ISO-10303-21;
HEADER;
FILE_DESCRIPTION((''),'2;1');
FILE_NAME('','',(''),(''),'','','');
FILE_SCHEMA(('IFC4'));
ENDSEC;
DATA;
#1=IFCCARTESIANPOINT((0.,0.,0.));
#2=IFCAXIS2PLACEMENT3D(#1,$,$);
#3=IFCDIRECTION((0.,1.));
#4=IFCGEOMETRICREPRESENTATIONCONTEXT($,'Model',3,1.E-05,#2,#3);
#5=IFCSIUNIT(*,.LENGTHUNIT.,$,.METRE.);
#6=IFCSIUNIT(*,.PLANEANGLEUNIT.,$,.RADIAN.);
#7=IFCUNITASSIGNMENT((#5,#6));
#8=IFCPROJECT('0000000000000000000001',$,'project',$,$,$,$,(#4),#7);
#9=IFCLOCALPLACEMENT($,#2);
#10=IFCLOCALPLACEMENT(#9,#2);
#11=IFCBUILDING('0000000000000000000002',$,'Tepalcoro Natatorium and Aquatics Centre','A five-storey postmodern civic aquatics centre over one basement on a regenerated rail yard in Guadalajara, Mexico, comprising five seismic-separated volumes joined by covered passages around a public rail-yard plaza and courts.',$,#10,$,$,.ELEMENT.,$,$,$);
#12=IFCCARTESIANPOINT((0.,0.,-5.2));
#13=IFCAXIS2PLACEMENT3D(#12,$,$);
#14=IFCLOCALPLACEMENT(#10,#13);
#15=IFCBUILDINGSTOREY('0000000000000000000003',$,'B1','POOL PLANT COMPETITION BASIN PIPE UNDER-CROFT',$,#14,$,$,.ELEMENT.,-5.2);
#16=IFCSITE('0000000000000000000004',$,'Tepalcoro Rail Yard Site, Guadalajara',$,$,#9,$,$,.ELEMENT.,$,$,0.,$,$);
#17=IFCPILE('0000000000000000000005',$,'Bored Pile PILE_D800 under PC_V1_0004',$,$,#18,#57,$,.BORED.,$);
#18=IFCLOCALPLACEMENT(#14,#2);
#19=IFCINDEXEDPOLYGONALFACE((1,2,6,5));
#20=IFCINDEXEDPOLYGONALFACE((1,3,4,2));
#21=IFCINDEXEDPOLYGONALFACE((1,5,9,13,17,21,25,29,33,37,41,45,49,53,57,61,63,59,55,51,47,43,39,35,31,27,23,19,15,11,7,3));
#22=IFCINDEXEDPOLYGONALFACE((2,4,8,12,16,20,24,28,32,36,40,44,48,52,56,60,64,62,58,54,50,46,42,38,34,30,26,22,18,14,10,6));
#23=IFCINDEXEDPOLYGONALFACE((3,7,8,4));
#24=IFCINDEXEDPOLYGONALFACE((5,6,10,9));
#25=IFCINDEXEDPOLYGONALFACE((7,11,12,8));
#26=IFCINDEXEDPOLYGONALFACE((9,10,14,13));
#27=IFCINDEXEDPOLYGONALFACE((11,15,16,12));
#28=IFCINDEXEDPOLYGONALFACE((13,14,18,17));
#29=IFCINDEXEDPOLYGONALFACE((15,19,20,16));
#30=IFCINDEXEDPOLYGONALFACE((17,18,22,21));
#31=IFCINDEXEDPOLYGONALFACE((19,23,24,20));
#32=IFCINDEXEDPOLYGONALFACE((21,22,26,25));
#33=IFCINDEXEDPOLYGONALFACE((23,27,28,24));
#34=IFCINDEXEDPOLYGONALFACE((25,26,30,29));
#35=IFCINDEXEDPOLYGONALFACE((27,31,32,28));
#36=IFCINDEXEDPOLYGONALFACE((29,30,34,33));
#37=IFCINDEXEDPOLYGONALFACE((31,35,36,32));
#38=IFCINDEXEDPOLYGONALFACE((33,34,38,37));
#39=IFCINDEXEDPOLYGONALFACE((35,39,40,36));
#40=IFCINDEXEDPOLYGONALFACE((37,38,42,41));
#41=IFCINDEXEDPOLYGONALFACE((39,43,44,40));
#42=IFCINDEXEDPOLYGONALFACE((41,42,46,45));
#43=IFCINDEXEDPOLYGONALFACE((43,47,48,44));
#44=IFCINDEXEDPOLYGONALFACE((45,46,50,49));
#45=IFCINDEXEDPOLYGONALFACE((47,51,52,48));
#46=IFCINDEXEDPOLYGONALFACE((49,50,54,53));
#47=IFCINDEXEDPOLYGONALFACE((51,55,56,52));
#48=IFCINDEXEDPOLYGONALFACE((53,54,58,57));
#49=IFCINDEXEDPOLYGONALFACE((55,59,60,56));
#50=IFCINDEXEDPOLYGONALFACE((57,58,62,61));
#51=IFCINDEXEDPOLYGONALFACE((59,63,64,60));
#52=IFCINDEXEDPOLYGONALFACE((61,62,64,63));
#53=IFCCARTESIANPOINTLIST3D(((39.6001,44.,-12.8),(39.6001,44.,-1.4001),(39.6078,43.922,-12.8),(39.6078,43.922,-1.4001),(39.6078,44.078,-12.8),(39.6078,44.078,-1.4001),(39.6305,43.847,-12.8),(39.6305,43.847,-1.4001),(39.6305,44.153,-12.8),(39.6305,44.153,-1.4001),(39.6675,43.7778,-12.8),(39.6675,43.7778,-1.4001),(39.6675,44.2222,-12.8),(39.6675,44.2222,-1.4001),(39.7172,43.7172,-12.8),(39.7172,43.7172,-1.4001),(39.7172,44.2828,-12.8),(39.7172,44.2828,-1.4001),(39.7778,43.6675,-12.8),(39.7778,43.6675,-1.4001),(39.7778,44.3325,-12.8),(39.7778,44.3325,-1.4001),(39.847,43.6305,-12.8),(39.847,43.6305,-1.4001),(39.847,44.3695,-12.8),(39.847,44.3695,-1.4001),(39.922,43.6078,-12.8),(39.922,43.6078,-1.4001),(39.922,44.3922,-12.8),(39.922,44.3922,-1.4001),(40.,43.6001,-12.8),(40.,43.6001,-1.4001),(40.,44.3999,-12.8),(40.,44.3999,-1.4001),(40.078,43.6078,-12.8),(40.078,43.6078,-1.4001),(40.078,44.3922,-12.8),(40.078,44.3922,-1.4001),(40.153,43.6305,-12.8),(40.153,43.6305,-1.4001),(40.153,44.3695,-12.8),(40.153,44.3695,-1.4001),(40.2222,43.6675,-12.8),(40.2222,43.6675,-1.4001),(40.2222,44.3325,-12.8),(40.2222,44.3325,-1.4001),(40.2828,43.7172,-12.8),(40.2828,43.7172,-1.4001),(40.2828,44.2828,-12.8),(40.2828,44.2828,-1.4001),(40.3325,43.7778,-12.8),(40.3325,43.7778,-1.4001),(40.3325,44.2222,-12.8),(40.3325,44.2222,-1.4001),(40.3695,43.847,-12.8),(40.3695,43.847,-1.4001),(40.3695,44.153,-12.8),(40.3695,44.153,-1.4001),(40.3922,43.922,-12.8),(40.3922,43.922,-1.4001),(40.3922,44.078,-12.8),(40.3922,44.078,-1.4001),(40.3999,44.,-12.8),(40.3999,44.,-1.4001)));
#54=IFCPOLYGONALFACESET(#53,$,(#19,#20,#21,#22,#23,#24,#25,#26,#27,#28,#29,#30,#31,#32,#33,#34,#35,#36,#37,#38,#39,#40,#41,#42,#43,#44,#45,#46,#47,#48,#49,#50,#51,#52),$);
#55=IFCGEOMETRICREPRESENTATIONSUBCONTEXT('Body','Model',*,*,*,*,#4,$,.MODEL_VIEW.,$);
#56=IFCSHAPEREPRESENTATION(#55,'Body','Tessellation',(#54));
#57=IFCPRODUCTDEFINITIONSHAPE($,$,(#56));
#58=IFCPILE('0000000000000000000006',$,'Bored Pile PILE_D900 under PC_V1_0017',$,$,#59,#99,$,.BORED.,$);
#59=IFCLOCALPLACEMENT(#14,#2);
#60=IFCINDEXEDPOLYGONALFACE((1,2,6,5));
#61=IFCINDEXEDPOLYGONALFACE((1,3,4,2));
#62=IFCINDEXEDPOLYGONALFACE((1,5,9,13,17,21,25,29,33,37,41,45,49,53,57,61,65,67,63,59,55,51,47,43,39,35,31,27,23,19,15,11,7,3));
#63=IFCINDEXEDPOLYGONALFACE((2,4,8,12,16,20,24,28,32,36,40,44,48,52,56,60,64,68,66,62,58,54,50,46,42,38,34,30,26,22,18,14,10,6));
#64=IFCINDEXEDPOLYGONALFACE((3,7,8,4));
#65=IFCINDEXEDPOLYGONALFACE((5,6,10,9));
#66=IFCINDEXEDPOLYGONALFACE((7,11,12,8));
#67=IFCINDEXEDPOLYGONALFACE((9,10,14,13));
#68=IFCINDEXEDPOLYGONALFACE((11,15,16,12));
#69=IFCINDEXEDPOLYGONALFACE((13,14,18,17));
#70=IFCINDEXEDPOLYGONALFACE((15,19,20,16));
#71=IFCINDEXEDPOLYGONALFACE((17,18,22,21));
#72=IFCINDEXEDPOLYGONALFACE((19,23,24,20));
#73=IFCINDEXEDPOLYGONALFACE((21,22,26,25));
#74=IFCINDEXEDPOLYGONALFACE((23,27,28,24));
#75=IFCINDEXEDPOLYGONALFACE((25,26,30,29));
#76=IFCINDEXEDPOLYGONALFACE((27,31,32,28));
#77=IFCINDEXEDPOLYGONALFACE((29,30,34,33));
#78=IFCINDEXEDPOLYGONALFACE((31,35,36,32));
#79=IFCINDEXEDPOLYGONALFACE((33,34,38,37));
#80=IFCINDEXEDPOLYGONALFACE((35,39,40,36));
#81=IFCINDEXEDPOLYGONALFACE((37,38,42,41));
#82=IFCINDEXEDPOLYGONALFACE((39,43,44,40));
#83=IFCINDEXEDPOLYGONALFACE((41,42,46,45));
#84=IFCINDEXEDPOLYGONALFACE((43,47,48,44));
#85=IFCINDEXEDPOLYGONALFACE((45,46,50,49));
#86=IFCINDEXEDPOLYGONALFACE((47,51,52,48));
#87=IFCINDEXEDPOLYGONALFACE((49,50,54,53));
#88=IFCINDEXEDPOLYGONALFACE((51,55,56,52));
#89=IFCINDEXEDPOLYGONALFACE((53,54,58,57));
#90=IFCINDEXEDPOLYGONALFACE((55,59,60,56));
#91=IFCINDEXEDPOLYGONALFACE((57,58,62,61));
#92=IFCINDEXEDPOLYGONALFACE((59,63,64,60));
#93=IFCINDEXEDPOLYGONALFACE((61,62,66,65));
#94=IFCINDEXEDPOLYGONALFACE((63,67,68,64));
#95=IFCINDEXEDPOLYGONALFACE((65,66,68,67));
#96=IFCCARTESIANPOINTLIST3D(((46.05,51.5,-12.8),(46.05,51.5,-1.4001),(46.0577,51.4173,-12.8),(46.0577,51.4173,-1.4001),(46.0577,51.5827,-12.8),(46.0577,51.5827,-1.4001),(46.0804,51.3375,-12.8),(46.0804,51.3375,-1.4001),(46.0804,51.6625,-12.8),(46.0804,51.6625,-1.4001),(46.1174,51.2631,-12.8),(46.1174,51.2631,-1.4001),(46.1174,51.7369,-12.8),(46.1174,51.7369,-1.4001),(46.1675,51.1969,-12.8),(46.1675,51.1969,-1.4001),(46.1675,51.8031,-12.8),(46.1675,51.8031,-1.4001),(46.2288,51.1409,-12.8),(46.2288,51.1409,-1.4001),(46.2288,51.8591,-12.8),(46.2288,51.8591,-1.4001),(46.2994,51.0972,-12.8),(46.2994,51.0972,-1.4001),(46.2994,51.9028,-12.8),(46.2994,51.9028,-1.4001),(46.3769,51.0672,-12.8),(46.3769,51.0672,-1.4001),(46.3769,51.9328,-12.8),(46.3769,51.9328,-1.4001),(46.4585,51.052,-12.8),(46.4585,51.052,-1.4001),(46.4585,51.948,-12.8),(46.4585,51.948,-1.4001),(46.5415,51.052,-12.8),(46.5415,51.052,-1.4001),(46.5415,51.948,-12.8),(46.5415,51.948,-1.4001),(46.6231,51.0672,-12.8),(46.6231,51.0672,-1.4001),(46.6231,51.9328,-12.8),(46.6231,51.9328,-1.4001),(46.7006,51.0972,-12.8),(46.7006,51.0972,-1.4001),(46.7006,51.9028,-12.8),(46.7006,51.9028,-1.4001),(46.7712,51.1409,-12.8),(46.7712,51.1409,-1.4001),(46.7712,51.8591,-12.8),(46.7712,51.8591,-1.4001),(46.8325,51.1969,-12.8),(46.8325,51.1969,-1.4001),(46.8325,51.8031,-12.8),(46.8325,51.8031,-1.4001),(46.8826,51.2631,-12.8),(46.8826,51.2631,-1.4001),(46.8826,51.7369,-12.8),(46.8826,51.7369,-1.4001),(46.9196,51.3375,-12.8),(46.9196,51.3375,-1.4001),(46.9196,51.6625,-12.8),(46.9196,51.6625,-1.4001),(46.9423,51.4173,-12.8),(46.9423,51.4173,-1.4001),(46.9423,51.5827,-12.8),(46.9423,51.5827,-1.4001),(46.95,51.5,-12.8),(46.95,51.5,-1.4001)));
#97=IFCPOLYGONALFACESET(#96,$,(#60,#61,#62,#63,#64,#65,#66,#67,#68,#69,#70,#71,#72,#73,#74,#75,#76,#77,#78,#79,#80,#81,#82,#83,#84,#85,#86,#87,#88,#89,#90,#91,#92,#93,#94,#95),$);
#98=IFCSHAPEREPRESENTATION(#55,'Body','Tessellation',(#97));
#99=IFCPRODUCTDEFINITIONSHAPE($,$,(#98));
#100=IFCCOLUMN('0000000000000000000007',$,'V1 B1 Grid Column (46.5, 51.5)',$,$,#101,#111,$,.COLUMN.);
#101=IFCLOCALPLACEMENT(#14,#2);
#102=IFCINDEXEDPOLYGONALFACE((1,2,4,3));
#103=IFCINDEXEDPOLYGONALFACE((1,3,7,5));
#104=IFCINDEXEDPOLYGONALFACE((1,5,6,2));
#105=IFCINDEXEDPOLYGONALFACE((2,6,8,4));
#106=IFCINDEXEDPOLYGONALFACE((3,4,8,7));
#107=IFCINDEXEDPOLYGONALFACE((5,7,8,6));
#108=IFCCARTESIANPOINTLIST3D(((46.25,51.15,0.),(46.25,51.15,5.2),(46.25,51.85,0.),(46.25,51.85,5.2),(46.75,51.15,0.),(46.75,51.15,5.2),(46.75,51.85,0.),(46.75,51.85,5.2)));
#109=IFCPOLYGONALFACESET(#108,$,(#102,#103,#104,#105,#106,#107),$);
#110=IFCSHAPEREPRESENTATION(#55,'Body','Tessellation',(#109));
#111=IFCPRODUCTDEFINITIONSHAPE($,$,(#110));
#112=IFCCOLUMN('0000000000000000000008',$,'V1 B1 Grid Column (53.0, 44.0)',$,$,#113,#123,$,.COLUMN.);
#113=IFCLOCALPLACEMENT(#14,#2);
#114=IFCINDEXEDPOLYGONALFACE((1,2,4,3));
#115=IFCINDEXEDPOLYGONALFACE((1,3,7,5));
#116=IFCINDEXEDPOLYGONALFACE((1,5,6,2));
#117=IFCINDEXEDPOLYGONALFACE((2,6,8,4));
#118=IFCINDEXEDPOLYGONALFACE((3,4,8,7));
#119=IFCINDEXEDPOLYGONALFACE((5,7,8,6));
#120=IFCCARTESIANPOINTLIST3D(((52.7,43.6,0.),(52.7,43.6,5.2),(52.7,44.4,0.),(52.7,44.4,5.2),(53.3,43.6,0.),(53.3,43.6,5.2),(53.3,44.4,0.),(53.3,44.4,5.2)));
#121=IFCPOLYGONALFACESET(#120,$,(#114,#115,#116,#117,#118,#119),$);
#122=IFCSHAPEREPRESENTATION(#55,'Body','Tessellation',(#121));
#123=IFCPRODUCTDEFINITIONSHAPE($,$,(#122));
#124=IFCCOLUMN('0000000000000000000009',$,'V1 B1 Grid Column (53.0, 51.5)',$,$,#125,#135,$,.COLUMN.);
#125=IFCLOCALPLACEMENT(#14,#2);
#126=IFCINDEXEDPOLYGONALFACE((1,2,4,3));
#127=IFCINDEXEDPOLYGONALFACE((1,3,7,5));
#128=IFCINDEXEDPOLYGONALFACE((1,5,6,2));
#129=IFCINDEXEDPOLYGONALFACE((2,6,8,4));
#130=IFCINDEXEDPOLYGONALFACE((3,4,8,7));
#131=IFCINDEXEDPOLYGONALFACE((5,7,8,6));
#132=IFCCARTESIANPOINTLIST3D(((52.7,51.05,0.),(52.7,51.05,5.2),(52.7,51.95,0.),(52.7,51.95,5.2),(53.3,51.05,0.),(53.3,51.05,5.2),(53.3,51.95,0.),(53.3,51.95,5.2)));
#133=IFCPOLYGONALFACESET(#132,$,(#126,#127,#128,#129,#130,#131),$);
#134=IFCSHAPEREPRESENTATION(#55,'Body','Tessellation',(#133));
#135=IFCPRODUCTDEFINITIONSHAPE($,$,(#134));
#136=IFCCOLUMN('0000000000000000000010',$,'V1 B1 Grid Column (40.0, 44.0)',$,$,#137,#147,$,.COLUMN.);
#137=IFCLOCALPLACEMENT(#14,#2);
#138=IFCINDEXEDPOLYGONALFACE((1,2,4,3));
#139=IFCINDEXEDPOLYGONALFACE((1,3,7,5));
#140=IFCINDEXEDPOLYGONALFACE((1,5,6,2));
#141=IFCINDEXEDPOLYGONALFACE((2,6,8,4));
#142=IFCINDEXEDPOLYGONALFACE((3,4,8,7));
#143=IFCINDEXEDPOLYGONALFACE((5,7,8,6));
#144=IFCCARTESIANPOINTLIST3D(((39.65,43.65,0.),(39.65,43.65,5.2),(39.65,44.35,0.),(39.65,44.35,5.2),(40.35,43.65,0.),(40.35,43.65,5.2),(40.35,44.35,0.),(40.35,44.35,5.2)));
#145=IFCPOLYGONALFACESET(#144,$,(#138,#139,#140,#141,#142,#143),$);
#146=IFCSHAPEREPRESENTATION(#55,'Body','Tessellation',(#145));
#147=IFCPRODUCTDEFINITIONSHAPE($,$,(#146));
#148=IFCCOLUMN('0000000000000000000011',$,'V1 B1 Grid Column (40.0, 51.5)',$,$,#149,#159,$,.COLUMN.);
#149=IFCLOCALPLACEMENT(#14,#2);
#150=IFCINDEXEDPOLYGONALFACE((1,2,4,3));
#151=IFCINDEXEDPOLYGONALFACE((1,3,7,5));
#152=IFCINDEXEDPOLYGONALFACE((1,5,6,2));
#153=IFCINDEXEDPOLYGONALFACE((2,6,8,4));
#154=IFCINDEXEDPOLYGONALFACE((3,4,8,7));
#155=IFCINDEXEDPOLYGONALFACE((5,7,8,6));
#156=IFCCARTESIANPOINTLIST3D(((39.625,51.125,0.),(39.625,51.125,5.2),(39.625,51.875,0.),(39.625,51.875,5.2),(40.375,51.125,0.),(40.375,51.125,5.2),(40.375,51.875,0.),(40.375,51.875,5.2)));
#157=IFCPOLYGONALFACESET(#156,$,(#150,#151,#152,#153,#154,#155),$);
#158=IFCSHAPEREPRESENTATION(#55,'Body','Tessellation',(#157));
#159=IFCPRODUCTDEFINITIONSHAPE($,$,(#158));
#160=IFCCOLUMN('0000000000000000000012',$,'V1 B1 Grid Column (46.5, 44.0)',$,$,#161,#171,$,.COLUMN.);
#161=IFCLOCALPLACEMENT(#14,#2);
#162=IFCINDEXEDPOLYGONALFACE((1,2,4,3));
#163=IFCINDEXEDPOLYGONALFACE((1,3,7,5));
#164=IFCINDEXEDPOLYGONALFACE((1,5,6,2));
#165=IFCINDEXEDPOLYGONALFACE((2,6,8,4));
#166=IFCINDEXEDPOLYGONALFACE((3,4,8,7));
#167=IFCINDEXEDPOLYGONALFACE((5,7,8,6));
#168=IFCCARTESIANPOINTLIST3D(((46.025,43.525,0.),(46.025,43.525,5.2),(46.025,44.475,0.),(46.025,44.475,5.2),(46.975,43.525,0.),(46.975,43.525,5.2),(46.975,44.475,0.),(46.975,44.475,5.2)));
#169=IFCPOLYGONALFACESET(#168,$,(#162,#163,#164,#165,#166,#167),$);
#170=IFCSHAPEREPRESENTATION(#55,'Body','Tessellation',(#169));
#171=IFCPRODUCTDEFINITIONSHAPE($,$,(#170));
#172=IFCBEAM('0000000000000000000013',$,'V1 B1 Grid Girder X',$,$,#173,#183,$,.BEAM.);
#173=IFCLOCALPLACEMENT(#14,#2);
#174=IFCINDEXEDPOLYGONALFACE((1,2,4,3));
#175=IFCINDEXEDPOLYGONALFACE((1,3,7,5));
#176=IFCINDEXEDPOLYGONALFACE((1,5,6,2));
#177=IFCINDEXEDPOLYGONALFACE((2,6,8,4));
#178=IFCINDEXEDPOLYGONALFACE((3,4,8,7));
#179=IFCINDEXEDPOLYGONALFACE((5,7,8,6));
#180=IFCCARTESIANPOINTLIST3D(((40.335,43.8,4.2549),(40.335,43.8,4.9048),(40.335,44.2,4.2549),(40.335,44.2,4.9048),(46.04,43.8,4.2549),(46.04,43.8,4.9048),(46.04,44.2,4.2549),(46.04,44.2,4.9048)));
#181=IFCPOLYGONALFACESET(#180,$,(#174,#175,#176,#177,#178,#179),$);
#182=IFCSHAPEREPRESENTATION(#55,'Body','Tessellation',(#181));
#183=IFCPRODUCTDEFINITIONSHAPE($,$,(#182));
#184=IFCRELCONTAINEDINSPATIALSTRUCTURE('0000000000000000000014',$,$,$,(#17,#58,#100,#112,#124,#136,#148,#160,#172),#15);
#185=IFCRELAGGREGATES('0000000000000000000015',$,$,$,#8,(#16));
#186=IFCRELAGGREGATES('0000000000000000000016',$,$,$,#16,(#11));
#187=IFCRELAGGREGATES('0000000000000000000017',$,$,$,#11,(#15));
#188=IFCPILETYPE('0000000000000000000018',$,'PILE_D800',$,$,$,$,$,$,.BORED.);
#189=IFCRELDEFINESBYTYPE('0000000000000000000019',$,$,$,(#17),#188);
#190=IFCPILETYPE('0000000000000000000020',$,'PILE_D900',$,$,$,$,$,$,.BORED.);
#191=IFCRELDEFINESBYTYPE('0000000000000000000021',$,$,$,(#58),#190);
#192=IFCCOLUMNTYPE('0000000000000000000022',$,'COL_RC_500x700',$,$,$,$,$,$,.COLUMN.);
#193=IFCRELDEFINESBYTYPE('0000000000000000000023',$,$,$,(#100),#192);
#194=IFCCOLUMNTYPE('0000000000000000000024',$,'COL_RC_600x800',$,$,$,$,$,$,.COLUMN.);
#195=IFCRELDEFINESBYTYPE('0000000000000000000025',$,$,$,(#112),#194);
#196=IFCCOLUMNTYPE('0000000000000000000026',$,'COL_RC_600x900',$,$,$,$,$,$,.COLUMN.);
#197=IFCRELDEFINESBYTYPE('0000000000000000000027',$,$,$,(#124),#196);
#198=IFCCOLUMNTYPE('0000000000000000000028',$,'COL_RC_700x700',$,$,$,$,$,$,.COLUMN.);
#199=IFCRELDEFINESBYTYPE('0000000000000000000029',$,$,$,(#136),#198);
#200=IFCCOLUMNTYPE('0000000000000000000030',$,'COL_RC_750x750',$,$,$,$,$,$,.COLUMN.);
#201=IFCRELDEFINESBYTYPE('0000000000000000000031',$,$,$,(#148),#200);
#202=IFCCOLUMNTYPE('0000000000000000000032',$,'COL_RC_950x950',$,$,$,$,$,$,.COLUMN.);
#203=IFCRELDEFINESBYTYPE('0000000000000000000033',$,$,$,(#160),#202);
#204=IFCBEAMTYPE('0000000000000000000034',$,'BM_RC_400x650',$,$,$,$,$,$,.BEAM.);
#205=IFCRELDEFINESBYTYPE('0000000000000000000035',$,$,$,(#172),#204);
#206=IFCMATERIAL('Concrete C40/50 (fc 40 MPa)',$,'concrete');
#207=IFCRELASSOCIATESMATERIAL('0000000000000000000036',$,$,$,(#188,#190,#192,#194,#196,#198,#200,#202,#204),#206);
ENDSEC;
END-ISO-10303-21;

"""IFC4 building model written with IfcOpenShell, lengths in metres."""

from ifc_helpers import new_model, si_unit, direction, frame, origin, origin_2d, place, context, subcontext, project, spatial, rectangle, circle, extrude, material, material_profile, profile_set, type_object, element, save


model = new_model("IFC4")

# Units and contexts
model_context = context("Model", 3, precision=1e-05, world=origin(), true_north=direction((0.0, 1.0)))
body_context = subcontext(model_context, "Body", "Model", "MODEL_VIEW")
ifc_project = project(units=[si_unit("LENGTHUNIT", "METRE"), si_unit("PLANEANGLEUNIT", "RADIAN")], contexts=[model_context])

# Site, building, storey
site_placement = place(None, origin())
site = spatial("IfcSite", under=ifc_project, at=site_placement, Name="Tepalcoro Rail Yard Site, Guadalajara", CompositionType="ELEMENT", RefElevation=0.0)
building_placement = place(site_placement, origin())
building = spatial("IfcBuilding", under=site, at=building_placement, Name="Tepalcoro Natatorium and Aquatics Centre", Description="A five-storey postmodern civic aquatics centre over one basement on a regenerated rail yard in Guadalajara, Mexico, comprising five seismic-separated volumes joined by covered passages around a public rail-yard plaza and courts.", CompositionType="ELEMENT")
storey_placement = place(building_placement, frame((0.0, 0.0, -5.2)))
storey = spatial("IfcBuildingStorey", under=building, at=storey_placement, Name="B1", Description="POOL PLANT COMPETITION BASIN PIPE UNDER-CROFT", CompositionType="ELEMENT", Elevation=-5.2)

# Piles
ifc_material = material(Name="Concrete C40/50 (fc 40 MPa)", Category="concrete")
ifc_material_profile_1 = material_profile(ifc_material, circle(Radius=0.3999, at=origin_2d()), Name="PILE_D800")
ifc_profile_set_1 = profile_set([ifc_material_profile_1], Name="Concrete C40/50 (fc 40 MPa)")
pile_type_1 = type_object("IfcPileType", Name="PILE_D800", PredefinedType="BORED", material=ifc_profile_set_1)
pile_1_placement = place(storey_placement, frame((40.0, 44.0, -1.4001), z_axis=(0.0, 0.0, -1.0), x_axis=(1.0, 0.0, 0.0)))
element("IfcPile", 1, at=pile_1_placement, inside=storey, type_object=pile_type_1, Name="Bored Pile PILE_D800 under PC_V1_0004", PredefinedType="BORED", context=body_context, shape_type="SweptSolid", body=[
    extrude(circle(Radius=0.3999, at=origin_2d()), origin(), (0.0, 0.0, 1.0), 11.3999),
])
ifc_material_profile_2 = material_profile(ifc_material, circle(Radius=0.45, at=origin_2d()), Name="PILE_D900")
ifc_profile_set_2 = profile_set([ifc_material_profile_2], Name="Concrete C40/50 (fc 40 MPa)")
pile_type_2 = type_object("IfcPileType", Name="PILE_D900", PredefinedType="BORED", material=ifc_profile_set_2)
pile_2_placement = place(storey_placement, frame((46.5, 51.5, -1.4001), z_axis=(0.0, 0.0, -1.0), x_axis=(1.0, 0.0, 0.0)))
element("IfcPile", 2, at=pile_2_placement, inside=storey, type_object=pile_type_2, Name="Bored Pile PILE_D900 under PC_V1_0017", PredefinedType="BORED", context=body_context, shape_type="SweptSolid", body=[
    extrude(circle(Radius=0.45, at=origin_2d()), origin(), (0.0, 0.0, 1.0), 11.3999),
])

# Columns
ifc_material_profile_3 = material_profile(ifc_material, rectangle(XDim=0.5, YDim=0.7, at=origin_2d()), Name="RC500x700")
ifc_profile_set_3 = profile_set([ifc_material_profile_3], Name="Concrete C40/50 (fc 40 MPa)")
column_type_1 = type_object("IfcColumnType", Name="COL_RC_500x700", PredefinedType="COLUMN", material=ifc_profile_set_3)
column_1_placement = place(storey_placement, frame((46.5, 51.5, 0.0), z_axis=(0.0, 0.0, 1.0), x_axis=(1.0, 0.0, 0.0)))
element("IfcColumn", 3, at=column_1_placement, inside=storey, type_object=column_type_1, Name="V1 B1 Grid Column (46.5, 51.5)", PredefinedType="COLUMN", context=body_context, shape_type="SweptSolid", body=[
    extrude(rectangle(XDim=0.5, YDim=0.7, at=origin_2d()), origin(), (0.0, 0.0, 1.0), 5.2),
])
ifc_material_profile_4 = material_profile(ifc_material, rectangle(XDim=0.6001, YDim=0.8, at=origin_2d()), Name="RC600x800")
ifc_profile_set_4 = profile_set([ifc_material_profile_4], Name="Concrete C40/50 (fc 40 MPa)")
column_type_2 = type_object("IfcColumnType", Name="COL_RC_600x800", PredefinedType="COLUMN", material=ifc_profile_set_4)
column_2_placement = place(storey_placement, frame((53.0, 44.0, 0.0), z_axis=(0.0, 0.0, 1.0), x_axis=(1.0, 0.0, 0.0)))
element("IfcColumn", 4, at=column_2_placement, inside=storey, type_object=column_type_2, Name="V1 B1 Grid Column (53.0, 44.0)", PredefinedType="COLUMN", context=body_context, shape_type="SweptSolid", body=[
    extrude(rectangle(XDim=0.6001, YDim=0.8, at=origin_2d()), origin(), (0.0, 0.0, 1.0), 5.2),
])
ifc_material_profile_5 = material_profile(ifc_material, rectangle(XDim=0.6001, YDim=0.8999, at=origin_2d()), Name="RC600x900")
ifc_profile_set_5 = profile_set([ifc_material_profile_5], Name="Concrete C40/50 (fc 40 MPa)")
column_type_3 = type_object("IfcColumnType", Name="COL_RC_600x900", PredefinedType="COLUMN", material=ifc_profile_set_5)
column_3_placement = place(storey_placement, frame((53.0, 51.5, 0.0), z_axis=(0.0, 0.0, 1.0), x_axis=(1.0, 0.0, 0.0)))
element("IfcColumn", 5, at=column_3_placement, inside=storey, type_object=column_type_3, Name="V1 B1 Grid Column (53.0, 51.5)", PredefinedType="COLUMN", context=body_context, shape_type="SweptSolid", body=[
    extrude(rectangle(XDim=0.6001, YDim=0.8999, at=origin_2d()), origin(), (0.0, 0.0, 1.0), 5.2),
])
ifc_material_profile_6 = material_profile(ifc_material, rectangle(XDim=0.7, YDim=0.7, at=origin_2d()), Name="RC700x700")
ifc_profile_set_6 = profile_set([ifc_material_profile_6], Name="Concrete C40/50 (fc 40 MPa)")
column_type_4 = type_object("IfcColumnType", Name="COL_RC_700x700", PredefinedType="COLUMN", material=ifc_profile_set_6)
column_4_placement = place(storey_placement, frame((40.0, 44.0, 0.0), z_axis=(0.0, 0.0, 1.0), x_axis=(1.0, 0.0, 0.0)))
element("IfcColumn", 6, at=column_4_placement, inside=storey, type_object=column_type_4, Name="V1 B1 Grid Column (40.0, 44.0)", PredefinedType="COLUMN", context=body_context, shape_type="SweptSolid", body=[
    extrude(rectangle(XDim=0.7, YDim=0.7, at=origin_2d()), origin(), (0.0, 0.0, 1.0), 5.2),
])
ifc_material_profile_7 = material_profile(ifc_material, rectangle(XDim=0.75, YDim=0.75, at=origin_2d()), Name="RC750x750")
ifc_profile_set_7 = profile_set([ifc_material_profile_7], Name="Concrete C40/50 (fc 40 MPa)")
column_type_5 = type_object("IfcColumnType", Name="COL_RC_750x750", PredefinedType="COLUMN", material=ifc_profile_set_7)
column_5_placement = place(storey_placement, frame((40.0, 51.5, 0.0), z_axis=(0.0, 0.0, 1.0), x_axis=(1.0, 0.0, 0.0)))
element("IfcColumn", 7, at=column_5_placement, inside=storey, type_object=column_type_5, Name="V1 B1 Grid Column (40.0, 51.5)", PredefinedType="COLUMN", context=body_context, shape_type="SweptSolid", body=[
    extrude(rectangle(XDim=0.75, YDim=0.75, at=origin_2d()), origin(), (0.0, 0.0, 1.0), 5.2),
])
ifc_material_profile_8 = material_profile(ifc_material, rectangle(XDim=0.95, YDim=0.95, at=origin_2d()), Name="RC950x950")
ifc_profile_set_8 = profile_set([ifc_material_profile_8], Name="Concrete C40/50 (fc 40 MPa)")
column_type_6 = type_object("IfcColumnType", Name="COL_RC_950x950", PredefinedType="COLUMN", material=ifc_profile_set_8)
column_6_placement = place(storey_placement, frame((46.5, 44.0, 0.0), z_axis=(0.0, 0.0, 1.0), x_axis=(1.0, 0.0, 0.0)))
element("IfcColumn", 8, at=column_6_placement, inside=storey, type_object=column_type_6, Name="V1 B1 Grid Column (46.5, 44.0)", PredefinedType="COLUMN", context=body_context, shape_type="SweptSolid", body=[
    extrude(rectangle(XDim=0.95, YDim=0.95, at=origin_2d()), origin(), (0.0, 0.0, 1.0), 5.2),
])

# Beam
ifc_material_profile_9 = material_profile(ifc_material, rectangle(XDim=0.3999, YDim=0.6499, at=origin_2d()), Name="RCB400x650")
ifc_profile_set_9 = profile_set([ifc_material_profile_9], Name="Concrete C40/50 (fc 40 MPa)")
beam_type_1 = type_object("IfcBeamType", Name="BM_RC_400x650", PredefinedType="BEAM", material=ifc_profile_set_9)
beam_1_placement = place(storey_placement, frame((40.335, 44.0, 4.5798), z_axis=(1.0, 0.0, 0.0), x_axis=(0.0, 1.0, 0.0)))
element("IfcBeam", 9, at=beam_1_placement, inside=storey, type_object=beam_type_1, Name="V1 B1 Grid Girder X", PredefinedType="BEAM", context=body_context, shape_type="SweptSolid", body=[
    extrude(rectangle(XDim=0.3999, YDim=0.6499, at=origin_2d()), origin(), (0.0, 0.0, 1.0), 5.7051),
])

save(model, "model.ifc")
